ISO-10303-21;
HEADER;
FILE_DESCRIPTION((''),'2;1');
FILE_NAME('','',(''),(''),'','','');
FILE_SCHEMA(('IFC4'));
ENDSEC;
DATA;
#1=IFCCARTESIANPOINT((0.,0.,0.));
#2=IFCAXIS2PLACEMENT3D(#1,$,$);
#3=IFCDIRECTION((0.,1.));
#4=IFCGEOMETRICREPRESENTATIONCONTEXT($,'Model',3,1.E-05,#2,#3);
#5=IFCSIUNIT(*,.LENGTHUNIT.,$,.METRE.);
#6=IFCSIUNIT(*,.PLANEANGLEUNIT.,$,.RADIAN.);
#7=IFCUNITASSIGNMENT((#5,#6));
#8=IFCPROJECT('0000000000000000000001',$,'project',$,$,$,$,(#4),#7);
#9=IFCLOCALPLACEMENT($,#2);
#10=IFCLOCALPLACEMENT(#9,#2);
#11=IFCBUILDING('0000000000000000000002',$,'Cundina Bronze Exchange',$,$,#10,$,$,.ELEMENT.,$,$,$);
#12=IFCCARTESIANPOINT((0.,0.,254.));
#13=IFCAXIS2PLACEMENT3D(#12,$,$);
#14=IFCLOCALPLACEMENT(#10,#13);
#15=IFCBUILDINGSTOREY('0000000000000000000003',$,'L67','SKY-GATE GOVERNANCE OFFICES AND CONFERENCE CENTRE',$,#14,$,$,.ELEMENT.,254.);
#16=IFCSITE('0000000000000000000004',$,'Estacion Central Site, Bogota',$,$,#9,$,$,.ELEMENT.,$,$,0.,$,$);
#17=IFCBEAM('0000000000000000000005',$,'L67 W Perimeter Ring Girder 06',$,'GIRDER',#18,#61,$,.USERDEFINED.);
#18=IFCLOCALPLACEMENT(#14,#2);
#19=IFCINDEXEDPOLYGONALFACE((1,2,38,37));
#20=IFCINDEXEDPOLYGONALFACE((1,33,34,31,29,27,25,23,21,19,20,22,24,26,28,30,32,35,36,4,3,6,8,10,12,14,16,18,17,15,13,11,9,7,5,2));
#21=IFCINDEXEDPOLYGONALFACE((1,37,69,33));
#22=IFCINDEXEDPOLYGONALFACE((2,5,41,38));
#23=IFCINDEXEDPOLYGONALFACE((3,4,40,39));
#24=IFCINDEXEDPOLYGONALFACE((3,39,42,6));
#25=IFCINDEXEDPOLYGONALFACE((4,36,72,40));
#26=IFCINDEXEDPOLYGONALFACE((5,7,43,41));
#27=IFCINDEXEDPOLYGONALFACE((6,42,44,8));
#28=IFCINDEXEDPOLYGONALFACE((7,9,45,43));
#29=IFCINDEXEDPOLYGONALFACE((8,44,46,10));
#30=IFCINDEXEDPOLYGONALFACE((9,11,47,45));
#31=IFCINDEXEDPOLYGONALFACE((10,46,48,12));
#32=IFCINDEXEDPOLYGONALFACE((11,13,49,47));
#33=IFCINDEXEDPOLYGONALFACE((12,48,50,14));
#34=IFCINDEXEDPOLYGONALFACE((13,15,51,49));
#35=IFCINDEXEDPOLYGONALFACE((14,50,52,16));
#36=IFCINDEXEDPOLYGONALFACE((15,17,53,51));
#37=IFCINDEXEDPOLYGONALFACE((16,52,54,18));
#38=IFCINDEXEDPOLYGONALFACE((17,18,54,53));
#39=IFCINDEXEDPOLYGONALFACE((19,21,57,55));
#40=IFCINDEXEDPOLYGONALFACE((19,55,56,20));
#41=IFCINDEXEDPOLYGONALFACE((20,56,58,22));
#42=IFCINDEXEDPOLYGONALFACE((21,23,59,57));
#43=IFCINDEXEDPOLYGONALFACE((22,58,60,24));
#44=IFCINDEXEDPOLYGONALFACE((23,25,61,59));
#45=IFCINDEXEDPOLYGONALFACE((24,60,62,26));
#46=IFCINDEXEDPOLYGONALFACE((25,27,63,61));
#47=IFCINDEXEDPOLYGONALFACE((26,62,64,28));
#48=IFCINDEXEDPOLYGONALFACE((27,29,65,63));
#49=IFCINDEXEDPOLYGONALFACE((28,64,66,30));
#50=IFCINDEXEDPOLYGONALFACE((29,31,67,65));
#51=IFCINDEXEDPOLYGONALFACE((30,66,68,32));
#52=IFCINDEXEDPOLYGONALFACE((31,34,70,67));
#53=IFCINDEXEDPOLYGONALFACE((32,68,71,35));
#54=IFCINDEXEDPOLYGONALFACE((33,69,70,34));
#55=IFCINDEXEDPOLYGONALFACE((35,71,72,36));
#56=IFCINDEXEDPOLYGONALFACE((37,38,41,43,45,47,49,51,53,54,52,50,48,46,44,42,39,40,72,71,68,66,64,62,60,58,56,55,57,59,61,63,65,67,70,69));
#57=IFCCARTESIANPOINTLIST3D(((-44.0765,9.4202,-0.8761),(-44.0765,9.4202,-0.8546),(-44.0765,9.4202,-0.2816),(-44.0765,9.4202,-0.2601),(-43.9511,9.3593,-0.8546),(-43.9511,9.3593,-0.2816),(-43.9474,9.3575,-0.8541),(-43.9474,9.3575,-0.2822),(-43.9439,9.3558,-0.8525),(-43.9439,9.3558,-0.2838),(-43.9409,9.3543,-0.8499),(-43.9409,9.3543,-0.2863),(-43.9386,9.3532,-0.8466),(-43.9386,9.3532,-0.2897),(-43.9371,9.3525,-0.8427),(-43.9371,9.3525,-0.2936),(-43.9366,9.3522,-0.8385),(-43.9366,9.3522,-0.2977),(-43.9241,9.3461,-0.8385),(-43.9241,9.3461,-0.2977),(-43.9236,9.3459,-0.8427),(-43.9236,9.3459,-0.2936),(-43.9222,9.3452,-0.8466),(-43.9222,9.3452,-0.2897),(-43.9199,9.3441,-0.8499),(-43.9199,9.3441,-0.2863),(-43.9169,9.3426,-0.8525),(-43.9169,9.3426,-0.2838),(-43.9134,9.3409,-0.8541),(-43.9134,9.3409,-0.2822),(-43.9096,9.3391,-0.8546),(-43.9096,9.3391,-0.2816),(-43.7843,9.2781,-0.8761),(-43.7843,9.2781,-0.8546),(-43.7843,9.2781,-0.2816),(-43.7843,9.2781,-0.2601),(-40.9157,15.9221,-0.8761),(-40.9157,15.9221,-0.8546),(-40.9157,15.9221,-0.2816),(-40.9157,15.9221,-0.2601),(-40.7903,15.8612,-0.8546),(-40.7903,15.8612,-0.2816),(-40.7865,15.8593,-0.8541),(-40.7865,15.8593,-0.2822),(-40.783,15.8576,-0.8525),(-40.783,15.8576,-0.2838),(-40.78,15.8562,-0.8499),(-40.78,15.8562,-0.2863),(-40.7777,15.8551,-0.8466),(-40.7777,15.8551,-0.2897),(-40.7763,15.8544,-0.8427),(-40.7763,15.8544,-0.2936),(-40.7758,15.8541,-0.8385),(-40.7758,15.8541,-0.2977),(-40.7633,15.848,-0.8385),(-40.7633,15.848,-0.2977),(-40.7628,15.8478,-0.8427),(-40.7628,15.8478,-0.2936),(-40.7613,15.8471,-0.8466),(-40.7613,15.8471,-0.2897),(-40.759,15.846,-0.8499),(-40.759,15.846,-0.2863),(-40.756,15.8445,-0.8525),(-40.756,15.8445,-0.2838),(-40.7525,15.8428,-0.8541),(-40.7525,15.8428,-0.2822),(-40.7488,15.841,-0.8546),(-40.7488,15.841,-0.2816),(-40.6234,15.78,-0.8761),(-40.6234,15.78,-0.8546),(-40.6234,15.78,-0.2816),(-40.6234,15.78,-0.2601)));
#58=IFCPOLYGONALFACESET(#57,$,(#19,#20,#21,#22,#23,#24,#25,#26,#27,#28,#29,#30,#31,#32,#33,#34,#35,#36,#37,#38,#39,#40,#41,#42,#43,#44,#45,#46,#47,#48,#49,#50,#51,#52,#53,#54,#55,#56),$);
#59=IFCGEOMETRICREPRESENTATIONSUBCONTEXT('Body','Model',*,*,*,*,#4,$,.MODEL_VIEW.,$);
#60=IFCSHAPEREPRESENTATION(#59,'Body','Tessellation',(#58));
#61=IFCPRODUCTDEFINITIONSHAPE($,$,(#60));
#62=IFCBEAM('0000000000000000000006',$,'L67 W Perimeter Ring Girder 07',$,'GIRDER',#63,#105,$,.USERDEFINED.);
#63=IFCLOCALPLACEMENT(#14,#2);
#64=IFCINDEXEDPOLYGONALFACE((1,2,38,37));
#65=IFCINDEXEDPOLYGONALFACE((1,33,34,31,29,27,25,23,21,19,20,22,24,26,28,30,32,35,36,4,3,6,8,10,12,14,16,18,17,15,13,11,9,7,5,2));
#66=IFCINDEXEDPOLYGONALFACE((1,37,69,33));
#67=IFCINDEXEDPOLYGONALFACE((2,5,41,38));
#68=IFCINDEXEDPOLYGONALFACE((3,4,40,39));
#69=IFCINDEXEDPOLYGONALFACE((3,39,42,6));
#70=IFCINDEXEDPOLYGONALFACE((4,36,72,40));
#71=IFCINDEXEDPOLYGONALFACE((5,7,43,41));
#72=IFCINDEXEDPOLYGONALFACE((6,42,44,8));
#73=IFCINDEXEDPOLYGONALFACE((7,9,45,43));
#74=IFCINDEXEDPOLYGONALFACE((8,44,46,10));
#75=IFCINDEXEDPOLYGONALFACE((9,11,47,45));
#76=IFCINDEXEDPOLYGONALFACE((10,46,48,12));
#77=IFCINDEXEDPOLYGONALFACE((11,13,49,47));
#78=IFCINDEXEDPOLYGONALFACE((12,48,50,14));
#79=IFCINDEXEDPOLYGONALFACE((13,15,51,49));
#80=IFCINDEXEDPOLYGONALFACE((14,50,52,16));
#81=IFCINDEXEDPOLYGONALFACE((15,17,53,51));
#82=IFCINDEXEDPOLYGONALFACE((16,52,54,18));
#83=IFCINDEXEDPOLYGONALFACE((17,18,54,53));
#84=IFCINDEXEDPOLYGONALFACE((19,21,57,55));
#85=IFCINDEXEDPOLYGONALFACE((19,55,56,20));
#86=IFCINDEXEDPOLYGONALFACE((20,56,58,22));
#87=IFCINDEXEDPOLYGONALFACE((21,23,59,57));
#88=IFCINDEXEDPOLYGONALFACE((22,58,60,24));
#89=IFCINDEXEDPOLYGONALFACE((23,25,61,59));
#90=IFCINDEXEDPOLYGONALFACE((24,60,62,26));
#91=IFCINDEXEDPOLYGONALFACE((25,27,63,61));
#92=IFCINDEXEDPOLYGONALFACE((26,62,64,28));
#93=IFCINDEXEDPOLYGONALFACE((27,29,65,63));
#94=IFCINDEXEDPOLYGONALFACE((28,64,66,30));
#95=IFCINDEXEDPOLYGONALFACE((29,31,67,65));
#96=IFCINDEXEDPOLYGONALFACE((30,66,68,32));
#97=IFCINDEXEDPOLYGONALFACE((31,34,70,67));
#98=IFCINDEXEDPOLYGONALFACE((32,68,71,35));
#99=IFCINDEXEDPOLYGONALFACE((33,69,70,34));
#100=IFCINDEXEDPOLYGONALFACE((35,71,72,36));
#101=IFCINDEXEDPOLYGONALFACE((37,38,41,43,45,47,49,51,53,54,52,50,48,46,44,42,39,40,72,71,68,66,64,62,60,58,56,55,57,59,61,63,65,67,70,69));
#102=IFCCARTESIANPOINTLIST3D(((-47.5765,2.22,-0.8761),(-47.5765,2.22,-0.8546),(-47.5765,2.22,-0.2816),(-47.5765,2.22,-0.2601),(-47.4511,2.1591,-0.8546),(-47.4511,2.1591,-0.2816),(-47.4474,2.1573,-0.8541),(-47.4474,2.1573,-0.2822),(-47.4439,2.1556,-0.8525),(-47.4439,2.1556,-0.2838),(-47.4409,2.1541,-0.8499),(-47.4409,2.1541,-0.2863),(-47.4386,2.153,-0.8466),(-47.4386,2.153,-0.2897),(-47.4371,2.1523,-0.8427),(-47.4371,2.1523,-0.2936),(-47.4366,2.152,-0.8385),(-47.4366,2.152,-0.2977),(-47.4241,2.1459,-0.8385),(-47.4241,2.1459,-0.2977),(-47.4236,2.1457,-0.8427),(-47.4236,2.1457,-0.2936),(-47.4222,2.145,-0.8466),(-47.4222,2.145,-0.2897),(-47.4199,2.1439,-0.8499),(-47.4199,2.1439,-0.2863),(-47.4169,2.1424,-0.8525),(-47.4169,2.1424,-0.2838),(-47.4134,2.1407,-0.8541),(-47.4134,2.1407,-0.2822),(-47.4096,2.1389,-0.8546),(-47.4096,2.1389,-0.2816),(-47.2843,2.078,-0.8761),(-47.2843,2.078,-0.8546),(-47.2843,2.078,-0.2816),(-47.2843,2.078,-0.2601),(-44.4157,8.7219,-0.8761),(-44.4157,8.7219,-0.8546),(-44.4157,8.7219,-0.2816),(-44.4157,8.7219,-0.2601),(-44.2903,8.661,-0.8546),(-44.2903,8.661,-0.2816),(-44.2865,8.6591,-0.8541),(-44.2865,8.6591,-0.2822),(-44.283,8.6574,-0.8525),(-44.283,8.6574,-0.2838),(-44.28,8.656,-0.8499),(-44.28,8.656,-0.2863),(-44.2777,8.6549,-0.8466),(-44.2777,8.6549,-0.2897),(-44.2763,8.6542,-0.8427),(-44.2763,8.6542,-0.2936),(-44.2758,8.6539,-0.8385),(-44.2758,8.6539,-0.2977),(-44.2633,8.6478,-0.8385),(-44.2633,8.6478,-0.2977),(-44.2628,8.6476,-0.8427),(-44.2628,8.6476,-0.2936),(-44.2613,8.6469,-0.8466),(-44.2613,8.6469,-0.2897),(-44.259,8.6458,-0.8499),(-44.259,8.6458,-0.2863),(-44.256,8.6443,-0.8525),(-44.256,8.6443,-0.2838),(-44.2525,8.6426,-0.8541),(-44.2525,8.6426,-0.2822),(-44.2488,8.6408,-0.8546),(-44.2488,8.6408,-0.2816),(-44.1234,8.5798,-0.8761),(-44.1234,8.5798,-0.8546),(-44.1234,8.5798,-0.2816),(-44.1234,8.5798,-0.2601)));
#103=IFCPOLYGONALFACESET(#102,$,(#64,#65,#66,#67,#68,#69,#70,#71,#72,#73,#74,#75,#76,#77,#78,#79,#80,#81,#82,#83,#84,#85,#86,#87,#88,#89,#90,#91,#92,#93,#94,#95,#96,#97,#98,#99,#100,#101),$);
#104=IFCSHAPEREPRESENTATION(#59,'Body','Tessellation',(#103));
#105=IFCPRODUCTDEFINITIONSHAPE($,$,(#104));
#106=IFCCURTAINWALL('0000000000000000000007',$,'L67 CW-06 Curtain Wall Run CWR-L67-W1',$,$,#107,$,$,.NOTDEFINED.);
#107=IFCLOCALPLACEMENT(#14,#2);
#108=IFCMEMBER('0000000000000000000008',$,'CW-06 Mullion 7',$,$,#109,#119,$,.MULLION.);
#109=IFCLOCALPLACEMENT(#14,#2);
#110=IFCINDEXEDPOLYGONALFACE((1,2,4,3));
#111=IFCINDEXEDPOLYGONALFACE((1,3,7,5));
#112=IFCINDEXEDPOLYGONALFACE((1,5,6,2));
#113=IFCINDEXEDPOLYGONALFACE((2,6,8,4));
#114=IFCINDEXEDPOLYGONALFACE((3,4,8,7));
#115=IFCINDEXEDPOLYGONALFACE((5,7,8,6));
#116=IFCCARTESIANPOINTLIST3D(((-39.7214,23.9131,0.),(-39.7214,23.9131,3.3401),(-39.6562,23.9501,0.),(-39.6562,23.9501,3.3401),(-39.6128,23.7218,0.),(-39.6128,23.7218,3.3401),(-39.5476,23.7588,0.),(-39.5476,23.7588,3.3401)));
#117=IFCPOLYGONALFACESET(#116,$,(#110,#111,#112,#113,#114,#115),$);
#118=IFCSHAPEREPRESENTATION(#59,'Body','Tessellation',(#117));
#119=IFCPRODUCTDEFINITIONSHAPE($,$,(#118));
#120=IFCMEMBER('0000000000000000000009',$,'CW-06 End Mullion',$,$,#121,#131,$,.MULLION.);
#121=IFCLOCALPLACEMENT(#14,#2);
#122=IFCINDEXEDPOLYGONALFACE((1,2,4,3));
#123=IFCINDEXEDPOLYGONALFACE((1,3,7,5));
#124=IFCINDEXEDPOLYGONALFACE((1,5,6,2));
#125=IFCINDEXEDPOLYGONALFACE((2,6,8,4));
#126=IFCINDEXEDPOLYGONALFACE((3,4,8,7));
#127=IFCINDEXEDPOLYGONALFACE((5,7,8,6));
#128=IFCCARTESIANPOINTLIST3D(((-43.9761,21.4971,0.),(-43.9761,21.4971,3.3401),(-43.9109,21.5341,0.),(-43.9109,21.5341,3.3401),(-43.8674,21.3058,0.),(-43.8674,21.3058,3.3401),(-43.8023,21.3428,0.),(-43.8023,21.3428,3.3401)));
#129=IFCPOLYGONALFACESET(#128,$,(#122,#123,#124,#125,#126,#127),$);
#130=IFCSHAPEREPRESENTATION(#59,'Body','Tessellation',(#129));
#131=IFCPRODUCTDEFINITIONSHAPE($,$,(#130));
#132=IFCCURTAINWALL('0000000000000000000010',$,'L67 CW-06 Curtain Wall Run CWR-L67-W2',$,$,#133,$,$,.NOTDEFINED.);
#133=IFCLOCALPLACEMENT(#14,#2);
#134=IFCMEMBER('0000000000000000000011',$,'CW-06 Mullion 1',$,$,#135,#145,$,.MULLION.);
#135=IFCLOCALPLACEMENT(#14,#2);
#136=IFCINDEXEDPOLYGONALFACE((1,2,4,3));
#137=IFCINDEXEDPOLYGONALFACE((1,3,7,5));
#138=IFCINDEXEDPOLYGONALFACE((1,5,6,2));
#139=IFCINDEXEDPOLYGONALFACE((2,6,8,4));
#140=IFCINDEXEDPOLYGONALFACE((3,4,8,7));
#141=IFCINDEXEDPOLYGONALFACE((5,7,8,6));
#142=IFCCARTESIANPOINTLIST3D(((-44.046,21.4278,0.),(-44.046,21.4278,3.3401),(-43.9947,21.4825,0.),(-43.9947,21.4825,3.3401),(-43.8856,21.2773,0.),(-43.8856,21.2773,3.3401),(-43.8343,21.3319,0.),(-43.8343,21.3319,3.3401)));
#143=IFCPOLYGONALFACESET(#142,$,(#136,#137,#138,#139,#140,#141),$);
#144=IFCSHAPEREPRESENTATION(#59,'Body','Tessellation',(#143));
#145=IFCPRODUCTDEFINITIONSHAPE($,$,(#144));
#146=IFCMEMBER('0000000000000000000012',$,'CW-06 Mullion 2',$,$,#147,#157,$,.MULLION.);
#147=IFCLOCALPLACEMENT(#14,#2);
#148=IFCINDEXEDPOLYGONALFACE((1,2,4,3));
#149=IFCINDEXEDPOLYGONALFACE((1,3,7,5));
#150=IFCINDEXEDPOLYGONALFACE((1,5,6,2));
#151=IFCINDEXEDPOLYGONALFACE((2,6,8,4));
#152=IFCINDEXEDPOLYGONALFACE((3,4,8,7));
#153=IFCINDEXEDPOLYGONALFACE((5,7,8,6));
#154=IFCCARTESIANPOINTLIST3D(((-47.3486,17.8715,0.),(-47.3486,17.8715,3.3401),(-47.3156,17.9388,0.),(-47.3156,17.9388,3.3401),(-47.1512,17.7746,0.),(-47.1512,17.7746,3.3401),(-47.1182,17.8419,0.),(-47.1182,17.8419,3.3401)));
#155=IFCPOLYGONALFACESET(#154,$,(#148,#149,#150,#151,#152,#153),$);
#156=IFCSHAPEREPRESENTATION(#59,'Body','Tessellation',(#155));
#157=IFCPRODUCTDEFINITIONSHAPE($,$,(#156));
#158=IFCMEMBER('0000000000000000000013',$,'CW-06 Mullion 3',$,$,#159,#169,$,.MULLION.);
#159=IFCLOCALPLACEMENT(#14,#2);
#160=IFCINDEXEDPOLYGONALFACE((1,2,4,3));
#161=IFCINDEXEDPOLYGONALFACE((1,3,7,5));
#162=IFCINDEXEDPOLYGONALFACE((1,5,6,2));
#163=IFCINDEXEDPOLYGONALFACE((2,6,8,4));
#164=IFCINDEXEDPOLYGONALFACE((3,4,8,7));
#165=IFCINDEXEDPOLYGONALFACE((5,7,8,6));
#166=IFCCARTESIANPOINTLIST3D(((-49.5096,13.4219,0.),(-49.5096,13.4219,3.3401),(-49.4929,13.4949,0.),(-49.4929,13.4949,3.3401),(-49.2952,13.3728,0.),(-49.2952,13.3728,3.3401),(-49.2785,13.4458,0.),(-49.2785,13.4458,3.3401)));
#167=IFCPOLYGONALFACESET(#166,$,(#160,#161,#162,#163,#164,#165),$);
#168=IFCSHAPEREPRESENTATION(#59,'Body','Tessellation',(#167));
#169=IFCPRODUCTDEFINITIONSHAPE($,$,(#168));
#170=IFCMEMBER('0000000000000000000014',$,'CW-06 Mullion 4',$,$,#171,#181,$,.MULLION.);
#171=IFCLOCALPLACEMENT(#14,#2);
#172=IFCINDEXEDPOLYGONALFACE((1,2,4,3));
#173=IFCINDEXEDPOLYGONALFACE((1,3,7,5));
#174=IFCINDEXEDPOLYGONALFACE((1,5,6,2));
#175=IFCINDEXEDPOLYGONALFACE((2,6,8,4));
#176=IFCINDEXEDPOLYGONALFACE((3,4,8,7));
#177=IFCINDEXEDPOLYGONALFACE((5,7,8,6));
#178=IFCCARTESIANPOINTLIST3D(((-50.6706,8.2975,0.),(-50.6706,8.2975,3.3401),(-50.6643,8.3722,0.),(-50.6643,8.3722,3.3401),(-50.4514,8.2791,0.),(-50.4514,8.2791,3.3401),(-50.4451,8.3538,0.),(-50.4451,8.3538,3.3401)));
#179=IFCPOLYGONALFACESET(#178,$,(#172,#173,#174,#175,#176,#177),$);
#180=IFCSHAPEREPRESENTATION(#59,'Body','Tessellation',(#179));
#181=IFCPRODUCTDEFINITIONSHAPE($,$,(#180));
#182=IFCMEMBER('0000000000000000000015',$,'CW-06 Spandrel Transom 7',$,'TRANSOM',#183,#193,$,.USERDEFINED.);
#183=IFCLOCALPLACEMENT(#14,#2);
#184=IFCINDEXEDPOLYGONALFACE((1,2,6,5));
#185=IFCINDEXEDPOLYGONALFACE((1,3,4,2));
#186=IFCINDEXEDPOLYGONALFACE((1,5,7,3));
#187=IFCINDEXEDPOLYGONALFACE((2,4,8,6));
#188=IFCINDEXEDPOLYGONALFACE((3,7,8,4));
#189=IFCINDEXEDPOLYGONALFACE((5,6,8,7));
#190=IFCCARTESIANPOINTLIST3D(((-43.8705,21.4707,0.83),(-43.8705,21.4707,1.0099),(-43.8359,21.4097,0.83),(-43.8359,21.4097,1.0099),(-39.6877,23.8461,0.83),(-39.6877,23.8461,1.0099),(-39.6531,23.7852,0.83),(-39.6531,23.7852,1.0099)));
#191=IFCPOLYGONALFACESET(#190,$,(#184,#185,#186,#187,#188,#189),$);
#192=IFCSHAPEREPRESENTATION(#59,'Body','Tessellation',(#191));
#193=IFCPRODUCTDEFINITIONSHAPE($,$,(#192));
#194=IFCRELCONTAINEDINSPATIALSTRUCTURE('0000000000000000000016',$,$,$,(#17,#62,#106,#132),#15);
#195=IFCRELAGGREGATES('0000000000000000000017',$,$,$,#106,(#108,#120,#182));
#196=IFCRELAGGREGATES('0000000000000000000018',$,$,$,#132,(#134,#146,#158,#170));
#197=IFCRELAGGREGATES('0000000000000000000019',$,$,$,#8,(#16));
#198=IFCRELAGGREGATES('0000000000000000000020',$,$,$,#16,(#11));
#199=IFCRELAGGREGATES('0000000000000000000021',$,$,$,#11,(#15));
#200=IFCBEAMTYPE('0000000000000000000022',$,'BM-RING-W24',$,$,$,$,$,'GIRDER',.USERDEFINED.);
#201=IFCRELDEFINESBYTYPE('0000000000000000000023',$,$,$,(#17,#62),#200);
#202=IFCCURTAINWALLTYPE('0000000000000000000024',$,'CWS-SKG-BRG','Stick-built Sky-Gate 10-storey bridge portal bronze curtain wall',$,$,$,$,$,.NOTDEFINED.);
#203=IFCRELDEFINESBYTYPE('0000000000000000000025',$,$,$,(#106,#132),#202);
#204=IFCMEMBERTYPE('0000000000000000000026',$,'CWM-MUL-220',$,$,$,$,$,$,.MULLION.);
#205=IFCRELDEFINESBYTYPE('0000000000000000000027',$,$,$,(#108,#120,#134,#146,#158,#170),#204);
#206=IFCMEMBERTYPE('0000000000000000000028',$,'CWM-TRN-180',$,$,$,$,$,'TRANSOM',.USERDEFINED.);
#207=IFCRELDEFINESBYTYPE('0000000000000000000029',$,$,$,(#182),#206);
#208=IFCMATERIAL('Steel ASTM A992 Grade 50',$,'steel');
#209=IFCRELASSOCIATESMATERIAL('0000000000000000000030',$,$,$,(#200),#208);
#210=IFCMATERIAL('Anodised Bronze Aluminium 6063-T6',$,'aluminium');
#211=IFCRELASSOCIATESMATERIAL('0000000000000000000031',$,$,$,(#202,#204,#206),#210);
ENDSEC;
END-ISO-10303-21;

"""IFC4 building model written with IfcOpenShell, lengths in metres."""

from ifc_helpers import new_model, si_unit, direction, frame, origin, origin_2d, place, context, subcontext, project, spatial, rectangle, i_section, extrude, material, material_profile, profile_set, type_object, element, aggregate, save


model = new_model("IFC4")

# Units and contexts
model_context = context("Model", 3, precision=1e-05, world=origin(), true_north=direction((0.0, 1.0)))
body_context = subcontext(model_context, "Body", "Model", "MODEL_VIEW")
ifc_project = project(units=[si_unit("LENGTHUNIT", "METRE"), si_unit("PLANEANGLEUNIT", "RADIAN")], contexts=[model_context])

# Site, building, storey
site_placement = place(None, origin())
site = spatial("IfcSite", under=ifc_project, at=site_placement, Name="Estacion Central Site, Bogota", CompositionType="ELEMENT", RefElevation=0.0)
building_placement = place(site_placement, origin())
building = spatial("IfcBuilding", under=site, at=building_placement, Name="Cundina Bronze Exchange", CompositionType="ELEMENT")
storey_placement = place(building_placement, frame((0.0, 0.0, 254.0)))
storey = spatial("IfcBuildingStorey", under=building, at=storey_placement, Name="L67", Description="SKY-GATE GOVERNANCE OFFICES AND CONFERENCE CENTRE", CompositionType="ELEMENT", Elevation=254.0)

# Beams
ifc_material_1 = material(Name="Steel ASTM A992 Grade 50", Category="steel")
ifc_material_profile_1 = material_profile(ifc_material_1, i_section(OverallWidth=0.325, OverallDepth=0.616, WebThickness=0.0139, FlangeThickness=0.0215, FilletRadius=0.0161, at=origin_2d()), Name="W24X117", Category="steel")
ifc_profile_set_1 = profile_set([ifc_material_profile_1], Name="Steel ASTM A992 Grade 50")
beam_type_1 = type_object("IfcBeamType", Name="BM-RING-W24", ElementType="GIRDER", PredefinedType="USERDEFINED", material=ifc_profile_set_1)
for number, where, z_axis, x_axis, name in (
    (1, (-40.7695, 15.8511, -0.5681), (-0.437217, -0.899356, 0.0), (0.899356, -0.437217, 0.0), "L67 W Perimeter Ring Girder 06"),
    (2, (-44.2695, 8.6509, -0.5681), (-0.437217, -0.899356, 0.0), (0.899356, -0.437217, 0.0), "L67 W Perimeter Ring Girder 07"),
):
    element("IfcBeam", number, at=place(storey_placement, frame(where, z_axis=z_axis, x_axis=x_axis)), inside=storey, type_object=beam_type_1, Name=name, ObjectType="GIRDER", PredefinedType="USERDEFINED", context=body_context, shape_type="SweptSolid", body=[
        extrude(i_section(OverallWidth=0.325, OverallDepth=0.616, WebThickness=0.0139, FlangeThickness=0.0215, FilletRadius=0.0161, at=origin_2d()), origin(), (0.0, 0.0, 1.0), 7.2295),
    ])

# Curtain walls, members
ifc_material_2 = material(Name="Anodised Bronze Aluminium 6063-T6", Category="aluminium")
curtain_wall_type = type_object("IfcCurtainWallType", Name="CWS-SKG-BRG", Description="Stick-built Sky-Gate 10-storey bridge portal bronze curtain wall", PredefinedType="NOTDEFINED", material=ifc_material_2)
curtain_wall_1_placement = place(storey_placement, origin())
curtain_wall_1 = element("IfcCurtainWall", 3, at=curtain_wall_1_placement, inside=storey, type_object=curtain_wall_type, Name="L67 CW-06 Curtain Wall Run CWR-L67-W1", PredefinedType="NOTDEFINED")
ifc_material_profile_2 = material_profile(ifc_material_2, rectangle(XDim=0.075, YDim=0.22, at=origin_2d()), Name="AL75X220", Category="aluminium")
ifc_profile_set_2 = profile_set([ifc_material_profile_2], Name="Anodised Bronze Aluminium 6063-T6")
member_type_1 = type_object("IfcMemberType", Name="CWM-MUL-220", PredefinedType="MULLION", material=ifc_profile_set_2)
member_1_placement = place(storey_placement, frame((-39.6345, 23.8359, 0.0), z_axis=(0.0, 0.0, 1.0), x_axis=(-0.869581, -0.49379, 0.0)))
member_1 = element("IfcMember", 4, at=member_1_placement, type_object=member_type_1, Name="CW-06 Mullion 7", PredefinedType="MULLION", context=body_context, shape_type="SweptSolid", body=[
    extrude(rectangle(XDim=0.075, YDim=0.22, at=origin_2d()), origin(), (0.0, 0.0, 1.0), 3.3401),
])
member_2_placement = place(storey_placement, frame((-43.8892, 21.4199, 0.0), z_axis=(0.0, 0.0, 1.0), x_axis=(-0.869581, -0.49379, 0.0)))
member_2 = element("IfcMember", 5, at=member_2_placement, type_object=member_type_1, Name="CW-06 End Mullion", PredefinedType="MULLION", context=body_context, shape_type="SweptSolid", body=[
    extrude(rectangle(XDim=0.075, YDim=0.22, at=origin_2d()), origin(), (0.0, 0.0, 1.0), 3.3401),
])
curtain_wall_2_placement = place(storey_placement, origin())
curtain_wall_2 = element("IfcCurtainWall", 6, at=curtain_wall_2_placement, inside=storey, type_object=curtain_wall_type, Name="L67 CW-06 Curtain Wall Run CWR-L67-W2", PredefinedType="NOTDEFINED")
member_3_placement = place(storey_placement, frame((-43.9402, 21.3799, 0.0), z_axis=(0.0, 0.0, 1.0), x_axis=(-0.684293, -0.729208, 0.0)))
member_3 = element("IfcMember", 7, at=member_3_placement, type_object=member_type_1, Name="CW-06 Mullion 1", PredefinedType="MULLION", context=body_context, shape_type="SweptSolid", body=[
    extrude(rectangle(XDim=0.075, YDim=0.22, at=origin_2d()), origin(), (0.0, 0.0, 1.0), 3.3401),
])
member_4_placement = place(storey_placement, frame((-47.2334, 17.8567, 0.0), z_axis=(0.0, 0.0, 1.0), x_axis=(-0.440566, -0.89772, 0.0)))
member_4 = element("IfcMember", 8, at=member_4_placement, type_object=member_type_1, Name="CW-06 Mullion 2", PredefinedType="MULLION", context=body_context, shape_type="SweptSolid", body=[
    extrude(rectangle(XDim=0.075, YDim=0.22, at=origin_2d()), origin(), (0.0, 0.0, 1.0), 3.3401),
])
member_5_placement = place(storey_placement, frame((-49.394, 13.4338, 0.0), z_axis=(0.0, 0.0, 1.0), x_axis=(-0.22325, -0.974761, 0.0)))
member_5 = element("IfcMember", 9, at=member_5_placement, type_object=member_type_1, Name="CW-06 Mullion 3", PredefinedType="MULLION", context=body_context, shape_type="SweptSolid", body=[
    extrude(rectangle(XDim=0.075, YDim=0.22, at=origin_2d()), origin(), (0.0, 0.0, 1.0), 3.3401),
])
member_6_placement = place(storey_placement, frame((-50.5579, 8.3257, 0.0), z_axis=(0.0, 0.0, 1.0), x_axis=(-0.083678, -0.996493, 0.0)))
member_6 = element("IfcMember", 10, at=member_6_placement, type_object=member_type_1, Name="CW-06 Mullion 4", PredefinedType="MULLION", context=body_context, shape_type="SweptSolid", body=[
    extrude(rectangle(XDim=0.075, YDim=0.22, at=origin_2d()), origin(), (0.0, 0.0, 1.0), 3.3401),
])

# Member
ifc_material_profile_3 = material_profile(ifc_material_2, rectangle(XDim=0.0701, YDim=0.1799, at=origin_2d()), Name="AL70X180", Category="aluminium")
ifc_profile_set_3 = profile_set([ifc_material_profile_3], Name="Anodised Bronze Aluminium 6063-T6")
member_type_2 = type_object("IfcMemberType", Name="CWM-TRN-180", ElementType="TRANSOM", PredefinedType="USERDEFINED", material=ifc_profile_set_3)
member_7_placement = place(storey_placement, frame((-39.6704, 23.8157, 0.9199), z_axis=(-0.869558, -0.493831, 0.0), x_axis=(0.493831, -0.869558, 0.0)))
member_7 = element("IfcMember", 11, at=member_7_placement, type_object=member_type_2, Name="CW-06 Spandrel Transom 7", ObjectType="TRANSOM", PredefinedType="USERDEFINED", context=body_context, shape_type="SweptSolid", body=[
    extrude(rectangle(XDim=0.0701, YDim=0.1799, at=origin_2d()), origin(), (0.0, 0.0, 1.0), 4.8103),
])

aggregate(curtain_wall_1, [member_1, member_2, member_7])
aggregate(curtain_wall_2, [member_3, member_4, member_5, member_6])

save(model, "model.ifc")
